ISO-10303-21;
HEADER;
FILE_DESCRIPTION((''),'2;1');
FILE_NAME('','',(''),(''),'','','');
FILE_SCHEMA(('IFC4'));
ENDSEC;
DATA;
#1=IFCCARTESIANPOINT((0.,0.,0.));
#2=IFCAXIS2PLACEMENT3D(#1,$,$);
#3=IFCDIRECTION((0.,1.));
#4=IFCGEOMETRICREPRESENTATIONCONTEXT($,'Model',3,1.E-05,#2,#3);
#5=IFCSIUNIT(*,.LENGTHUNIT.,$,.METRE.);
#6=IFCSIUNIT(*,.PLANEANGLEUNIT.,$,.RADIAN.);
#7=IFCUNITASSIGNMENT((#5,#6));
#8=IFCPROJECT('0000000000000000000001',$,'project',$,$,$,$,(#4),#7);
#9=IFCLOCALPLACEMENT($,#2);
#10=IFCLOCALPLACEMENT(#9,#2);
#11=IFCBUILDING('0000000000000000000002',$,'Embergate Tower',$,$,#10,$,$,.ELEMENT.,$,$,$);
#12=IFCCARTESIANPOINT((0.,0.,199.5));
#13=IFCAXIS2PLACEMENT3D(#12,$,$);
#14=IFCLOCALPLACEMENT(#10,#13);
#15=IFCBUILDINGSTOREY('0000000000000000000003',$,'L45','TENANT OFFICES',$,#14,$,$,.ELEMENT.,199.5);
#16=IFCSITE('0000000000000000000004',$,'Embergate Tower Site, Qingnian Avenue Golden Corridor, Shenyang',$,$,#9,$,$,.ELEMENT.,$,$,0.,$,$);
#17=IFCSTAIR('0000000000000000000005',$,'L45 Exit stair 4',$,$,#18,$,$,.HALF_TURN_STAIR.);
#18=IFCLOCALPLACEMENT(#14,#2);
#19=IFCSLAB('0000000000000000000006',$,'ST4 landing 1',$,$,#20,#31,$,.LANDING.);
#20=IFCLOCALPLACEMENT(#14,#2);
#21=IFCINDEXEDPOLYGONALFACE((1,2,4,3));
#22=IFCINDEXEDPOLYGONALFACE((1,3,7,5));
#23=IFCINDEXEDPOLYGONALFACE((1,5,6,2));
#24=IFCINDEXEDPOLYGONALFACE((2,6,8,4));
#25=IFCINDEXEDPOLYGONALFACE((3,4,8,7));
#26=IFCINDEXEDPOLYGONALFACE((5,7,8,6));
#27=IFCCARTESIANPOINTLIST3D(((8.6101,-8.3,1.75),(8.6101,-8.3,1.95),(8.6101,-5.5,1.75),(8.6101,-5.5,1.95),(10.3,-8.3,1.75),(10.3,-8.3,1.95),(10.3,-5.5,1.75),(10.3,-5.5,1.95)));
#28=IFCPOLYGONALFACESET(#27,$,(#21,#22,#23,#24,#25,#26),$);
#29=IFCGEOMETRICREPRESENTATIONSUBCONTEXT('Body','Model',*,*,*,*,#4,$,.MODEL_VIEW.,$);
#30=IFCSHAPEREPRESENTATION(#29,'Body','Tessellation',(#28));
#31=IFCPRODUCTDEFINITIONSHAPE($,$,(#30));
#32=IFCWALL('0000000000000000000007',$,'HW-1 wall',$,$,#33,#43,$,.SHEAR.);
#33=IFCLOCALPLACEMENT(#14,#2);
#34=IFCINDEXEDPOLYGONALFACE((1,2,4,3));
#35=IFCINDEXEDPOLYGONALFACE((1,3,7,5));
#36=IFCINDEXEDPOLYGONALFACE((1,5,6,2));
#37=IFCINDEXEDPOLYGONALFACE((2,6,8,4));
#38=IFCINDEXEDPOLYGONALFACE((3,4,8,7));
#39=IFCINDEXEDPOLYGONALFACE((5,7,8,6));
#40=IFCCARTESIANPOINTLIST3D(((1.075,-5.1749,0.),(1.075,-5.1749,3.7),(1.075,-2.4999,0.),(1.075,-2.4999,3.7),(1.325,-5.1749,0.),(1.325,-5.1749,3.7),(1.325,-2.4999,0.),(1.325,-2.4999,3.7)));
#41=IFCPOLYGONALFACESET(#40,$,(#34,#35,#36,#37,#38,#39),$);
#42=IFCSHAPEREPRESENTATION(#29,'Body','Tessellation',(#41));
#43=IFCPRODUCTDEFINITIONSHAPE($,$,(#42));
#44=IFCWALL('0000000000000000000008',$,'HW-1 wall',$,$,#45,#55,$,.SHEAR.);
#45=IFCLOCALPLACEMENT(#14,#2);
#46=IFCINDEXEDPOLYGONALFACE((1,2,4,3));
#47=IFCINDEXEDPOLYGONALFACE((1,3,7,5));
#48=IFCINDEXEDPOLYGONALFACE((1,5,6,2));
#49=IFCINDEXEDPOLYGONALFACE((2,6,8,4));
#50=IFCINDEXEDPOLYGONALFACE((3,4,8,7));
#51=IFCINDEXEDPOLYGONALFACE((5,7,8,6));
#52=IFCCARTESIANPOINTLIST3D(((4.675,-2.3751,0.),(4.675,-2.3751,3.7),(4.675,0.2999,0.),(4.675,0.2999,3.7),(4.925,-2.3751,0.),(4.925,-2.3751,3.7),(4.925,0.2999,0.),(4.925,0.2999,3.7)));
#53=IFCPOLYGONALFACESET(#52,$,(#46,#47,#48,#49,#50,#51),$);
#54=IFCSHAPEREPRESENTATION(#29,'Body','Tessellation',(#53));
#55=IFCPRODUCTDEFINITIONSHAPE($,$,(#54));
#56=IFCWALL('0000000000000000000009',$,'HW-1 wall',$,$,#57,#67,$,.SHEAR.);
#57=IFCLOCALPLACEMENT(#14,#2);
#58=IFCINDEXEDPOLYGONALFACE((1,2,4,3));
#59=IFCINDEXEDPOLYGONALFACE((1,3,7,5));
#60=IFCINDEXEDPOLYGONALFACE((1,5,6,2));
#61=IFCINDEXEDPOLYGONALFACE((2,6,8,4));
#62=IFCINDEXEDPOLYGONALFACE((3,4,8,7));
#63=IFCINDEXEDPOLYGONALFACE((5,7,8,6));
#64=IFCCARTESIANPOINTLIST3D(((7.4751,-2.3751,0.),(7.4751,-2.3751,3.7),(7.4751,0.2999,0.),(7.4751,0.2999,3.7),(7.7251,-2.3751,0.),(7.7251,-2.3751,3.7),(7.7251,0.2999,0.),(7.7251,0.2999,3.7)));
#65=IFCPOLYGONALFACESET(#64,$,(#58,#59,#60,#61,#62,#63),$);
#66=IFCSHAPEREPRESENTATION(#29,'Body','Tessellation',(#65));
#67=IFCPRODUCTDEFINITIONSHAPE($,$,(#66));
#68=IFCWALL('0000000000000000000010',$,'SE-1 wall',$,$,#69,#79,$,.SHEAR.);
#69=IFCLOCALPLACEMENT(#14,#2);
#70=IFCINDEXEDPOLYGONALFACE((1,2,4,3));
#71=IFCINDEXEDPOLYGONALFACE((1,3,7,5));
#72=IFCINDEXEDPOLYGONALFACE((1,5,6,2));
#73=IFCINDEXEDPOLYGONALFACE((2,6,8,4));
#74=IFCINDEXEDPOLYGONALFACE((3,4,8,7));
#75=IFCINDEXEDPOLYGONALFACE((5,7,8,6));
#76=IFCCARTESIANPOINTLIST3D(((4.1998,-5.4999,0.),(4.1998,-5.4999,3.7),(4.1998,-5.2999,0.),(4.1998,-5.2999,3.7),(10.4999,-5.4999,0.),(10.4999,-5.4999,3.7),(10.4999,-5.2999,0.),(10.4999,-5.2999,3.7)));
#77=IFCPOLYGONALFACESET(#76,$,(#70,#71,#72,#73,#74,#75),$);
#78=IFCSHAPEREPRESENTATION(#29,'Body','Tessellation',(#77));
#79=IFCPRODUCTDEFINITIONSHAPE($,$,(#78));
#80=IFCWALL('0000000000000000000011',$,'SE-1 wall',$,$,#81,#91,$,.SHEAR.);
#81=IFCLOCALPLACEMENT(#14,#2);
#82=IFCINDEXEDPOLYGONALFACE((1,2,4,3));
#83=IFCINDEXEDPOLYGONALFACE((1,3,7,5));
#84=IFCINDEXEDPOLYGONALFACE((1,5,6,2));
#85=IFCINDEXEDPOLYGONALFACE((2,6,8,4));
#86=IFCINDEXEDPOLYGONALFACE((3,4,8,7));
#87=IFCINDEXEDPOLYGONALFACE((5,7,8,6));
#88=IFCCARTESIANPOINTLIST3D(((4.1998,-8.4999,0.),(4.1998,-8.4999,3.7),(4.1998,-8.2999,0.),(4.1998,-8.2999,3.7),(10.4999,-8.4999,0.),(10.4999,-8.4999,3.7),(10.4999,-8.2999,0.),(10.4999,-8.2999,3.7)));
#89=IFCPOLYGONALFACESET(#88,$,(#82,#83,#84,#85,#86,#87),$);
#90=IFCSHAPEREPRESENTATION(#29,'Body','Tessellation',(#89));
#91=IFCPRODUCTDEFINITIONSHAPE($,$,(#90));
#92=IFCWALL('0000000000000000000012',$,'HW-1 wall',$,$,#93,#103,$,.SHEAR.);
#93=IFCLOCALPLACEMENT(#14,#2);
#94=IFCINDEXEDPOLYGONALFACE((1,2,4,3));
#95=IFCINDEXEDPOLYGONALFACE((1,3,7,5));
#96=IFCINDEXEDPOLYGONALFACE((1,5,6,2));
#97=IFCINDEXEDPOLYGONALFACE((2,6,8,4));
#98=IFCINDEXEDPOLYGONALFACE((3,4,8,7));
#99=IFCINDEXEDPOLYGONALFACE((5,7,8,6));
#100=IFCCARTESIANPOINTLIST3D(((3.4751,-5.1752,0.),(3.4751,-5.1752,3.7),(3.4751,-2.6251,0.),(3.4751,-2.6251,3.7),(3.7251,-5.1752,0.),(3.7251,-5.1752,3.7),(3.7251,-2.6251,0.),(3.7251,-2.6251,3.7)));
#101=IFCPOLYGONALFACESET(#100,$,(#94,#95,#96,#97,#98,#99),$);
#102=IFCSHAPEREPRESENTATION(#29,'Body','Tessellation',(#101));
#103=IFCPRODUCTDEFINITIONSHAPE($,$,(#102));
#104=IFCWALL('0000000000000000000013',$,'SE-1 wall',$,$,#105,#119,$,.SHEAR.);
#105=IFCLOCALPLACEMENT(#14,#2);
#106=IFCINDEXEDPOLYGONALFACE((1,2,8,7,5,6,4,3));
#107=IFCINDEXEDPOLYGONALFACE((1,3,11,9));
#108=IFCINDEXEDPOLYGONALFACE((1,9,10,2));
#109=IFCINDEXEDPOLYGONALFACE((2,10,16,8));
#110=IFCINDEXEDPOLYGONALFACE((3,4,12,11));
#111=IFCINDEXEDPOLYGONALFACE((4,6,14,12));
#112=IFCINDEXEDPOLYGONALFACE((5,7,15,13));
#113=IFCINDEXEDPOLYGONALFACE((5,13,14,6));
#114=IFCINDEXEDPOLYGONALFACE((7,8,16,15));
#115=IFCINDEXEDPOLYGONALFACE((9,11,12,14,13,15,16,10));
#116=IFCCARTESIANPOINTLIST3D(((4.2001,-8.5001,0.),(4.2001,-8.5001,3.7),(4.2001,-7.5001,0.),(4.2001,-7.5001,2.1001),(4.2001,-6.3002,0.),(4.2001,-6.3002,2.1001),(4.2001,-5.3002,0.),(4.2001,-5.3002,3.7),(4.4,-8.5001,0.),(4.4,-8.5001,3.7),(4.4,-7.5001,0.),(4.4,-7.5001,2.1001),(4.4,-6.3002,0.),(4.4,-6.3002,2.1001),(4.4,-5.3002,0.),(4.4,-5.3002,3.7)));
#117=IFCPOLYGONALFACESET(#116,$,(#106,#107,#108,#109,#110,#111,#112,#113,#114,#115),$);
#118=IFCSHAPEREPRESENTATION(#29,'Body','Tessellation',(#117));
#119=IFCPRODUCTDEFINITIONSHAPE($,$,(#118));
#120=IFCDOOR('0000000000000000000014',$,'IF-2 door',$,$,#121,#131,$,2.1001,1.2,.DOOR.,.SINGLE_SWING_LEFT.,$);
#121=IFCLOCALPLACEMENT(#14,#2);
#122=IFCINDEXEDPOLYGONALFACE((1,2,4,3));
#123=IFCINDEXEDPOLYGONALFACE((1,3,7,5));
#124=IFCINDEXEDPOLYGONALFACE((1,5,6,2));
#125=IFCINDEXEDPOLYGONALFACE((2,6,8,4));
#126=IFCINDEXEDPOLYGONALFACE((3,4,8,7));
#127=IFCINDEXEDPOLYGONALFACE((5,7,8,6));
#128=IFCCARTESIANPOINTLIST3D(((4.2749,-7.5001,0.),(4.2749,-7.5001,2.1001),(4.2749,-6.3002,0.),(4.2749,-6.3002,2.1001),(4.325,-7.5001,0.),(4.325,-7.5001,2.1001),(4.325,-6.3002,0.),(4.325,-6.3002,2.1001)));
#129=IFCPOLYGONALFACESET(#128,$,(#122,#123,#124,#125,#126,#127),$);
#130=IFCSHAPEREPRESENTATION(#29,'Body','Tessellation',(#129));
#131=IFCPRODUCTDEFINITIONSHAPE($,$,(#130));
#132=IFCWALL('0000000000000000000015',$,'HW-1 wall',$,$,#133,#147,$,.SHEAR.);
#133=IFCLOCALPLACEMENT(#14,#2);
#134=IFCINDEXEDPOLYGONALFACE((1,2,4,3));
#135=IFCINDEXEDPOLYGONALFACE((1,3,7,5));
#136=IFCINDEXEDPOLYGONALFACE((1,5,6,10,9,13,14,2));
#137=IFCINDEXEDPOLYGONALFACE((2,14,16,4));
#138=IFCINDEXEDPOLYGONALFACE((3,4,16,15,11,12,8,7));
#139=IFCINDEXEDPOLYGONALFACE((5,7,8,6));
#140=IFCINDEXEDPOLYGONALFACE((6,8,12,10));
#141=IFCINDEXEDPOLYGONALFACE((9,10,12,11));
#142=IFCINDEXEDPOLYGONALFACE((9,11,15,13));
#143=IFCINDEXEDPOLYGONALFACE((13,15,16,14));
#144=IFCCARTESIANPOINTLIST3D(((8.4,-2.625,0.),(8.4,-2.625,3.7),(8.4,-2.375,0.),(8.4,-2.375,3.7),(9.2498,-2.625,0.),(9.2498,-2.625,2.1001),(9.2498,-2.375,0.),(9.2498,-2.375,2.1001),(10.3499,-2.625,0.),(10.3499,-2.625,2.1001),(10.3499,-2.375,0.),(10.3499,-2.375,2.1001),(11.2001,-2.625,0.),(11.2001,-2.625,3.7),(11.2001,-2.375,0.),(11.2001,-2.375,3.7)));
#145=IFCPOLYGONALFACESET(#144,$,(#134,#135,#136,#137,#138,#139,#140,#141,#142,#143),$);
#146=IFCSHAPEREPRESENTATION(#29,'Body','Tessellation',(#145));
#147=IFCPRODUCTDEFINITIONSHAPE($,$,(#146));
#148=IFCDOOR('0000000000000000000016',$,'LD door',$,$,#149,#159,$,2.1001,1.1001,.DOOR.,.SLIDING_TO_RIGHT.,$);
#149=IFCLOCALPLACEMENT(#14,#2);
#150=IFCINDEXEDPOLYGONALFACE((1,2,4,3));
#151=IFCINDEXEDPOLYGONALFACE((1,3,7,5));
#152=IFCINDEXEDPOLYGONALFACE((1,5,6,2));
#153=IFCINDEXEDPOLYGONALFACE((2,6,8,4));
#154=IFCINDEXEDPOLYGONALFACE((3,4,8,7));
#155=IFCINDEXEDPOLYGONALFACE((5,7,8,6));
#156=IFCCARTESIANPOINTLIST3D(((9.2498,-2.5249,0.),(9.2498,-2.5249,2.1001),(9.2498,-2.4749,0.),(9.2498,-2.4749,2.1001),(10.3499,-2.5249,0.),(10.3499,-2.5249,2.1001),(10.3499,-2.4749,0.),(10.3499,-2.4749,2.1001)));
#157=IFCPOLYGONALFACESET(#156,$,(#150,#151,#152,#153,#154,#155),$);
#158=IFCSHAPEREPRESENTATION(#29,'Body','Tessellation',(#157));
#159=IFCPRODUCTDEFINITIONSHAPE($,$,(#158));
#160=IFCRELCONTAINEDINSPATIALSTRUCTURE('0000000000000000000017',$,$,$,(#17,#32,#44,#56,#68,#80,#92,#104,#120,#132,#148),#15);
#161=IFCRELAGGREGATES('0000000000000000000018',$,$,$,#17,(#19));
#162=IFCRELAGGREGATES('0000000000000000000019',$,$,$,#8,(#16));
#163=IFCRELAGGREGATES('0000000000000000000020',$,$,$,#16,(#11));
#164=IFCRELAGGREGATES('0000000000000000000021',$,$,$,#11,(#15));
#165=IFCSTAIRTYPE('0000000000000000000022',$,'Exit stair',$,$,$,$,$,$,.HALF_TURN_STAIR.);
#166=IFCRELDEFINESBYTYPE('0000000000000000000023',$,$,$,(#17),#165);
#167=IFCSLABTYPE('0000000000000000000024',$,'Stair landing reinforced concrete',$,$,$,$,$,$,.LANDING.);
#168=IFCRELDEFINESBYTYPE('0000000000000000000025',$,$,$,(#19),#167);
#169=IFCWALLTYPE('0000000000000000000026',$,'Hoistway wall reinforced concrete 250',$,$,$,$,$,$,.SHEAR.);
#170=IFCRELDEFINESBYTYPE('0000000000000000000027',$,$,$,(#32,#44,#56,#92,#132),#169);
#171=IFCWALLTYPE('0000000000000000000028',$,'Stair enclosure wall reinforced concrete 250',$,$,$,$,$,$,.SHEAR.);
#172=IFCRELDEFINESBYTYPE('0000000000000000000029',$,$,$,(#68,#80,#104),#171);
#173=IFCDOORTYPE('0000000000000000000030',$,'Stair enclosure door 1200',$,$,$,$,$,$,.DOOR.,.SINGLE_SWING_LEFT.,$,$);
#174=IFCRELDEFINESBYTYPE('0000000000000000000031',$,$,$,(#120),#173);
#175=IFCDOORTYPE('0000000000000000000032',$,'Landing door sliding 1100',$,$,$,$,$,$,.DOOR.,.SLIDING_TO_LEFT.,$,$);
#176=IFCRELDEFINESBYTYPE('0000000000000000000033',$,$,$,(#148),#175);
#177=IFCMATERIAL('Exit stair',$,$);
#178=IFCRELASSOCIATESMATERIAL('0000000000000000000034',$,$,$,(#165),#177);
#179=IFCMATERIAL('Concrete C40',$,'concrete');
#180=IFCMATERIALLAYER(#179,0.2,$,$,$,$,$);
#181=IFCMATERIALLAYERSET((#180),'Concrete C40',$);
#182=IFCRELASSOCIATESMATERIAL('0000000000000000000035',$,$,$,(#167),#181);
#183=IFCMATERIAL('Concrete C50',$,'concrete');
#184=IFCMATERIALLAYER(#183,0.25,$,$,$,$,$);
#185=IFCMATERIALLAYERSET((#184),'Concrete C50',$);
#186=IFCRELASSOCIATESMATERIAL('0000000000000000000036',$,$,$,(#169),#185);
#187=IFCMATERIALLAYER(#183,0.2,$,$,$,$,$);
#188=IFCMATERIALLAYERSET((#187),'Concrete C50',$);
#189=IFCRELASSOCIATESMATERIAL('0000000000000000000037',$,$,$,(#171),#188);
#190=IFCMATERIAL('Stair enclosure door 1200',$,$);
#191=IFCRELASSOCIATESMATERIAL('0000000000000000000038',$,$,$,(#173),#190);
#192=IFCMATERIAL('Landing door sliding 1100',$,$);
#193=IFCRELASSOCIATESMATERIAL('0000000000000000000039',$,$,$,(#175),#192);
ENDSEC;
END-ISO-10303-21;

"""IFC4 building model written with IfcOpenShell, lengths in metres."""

from ifc_helpers import new_model, si_unit, direction, frame, frame_2d, origin, place, context, subcontext, project, spatial, polyline, rectangle, outline, extrude, source, transform, mapped, material, layer, layer_set, type_object, element, fill, aggregate, save


model = new_model("IFC4")

# Units and contexts
model_context = context("Model", 3, precision=1e-05, world=origin(), true_north=direction((0.0, 1.0)))
body_context = subcontext(model_context, "Body", "Model", "MODEL_VIEW")
ifc_project = project(units=[si_unit("LENGTHUNIT", "METRE"), si_unit("PLANEANGLEUNIT", "RADIAN")], contexts=[model_context])

# Site, building, storey
site_placement = place(None, origin())
site = spatial("IfcSite", under=ifc_project, at=site_placement, Name="Embergate Tower Site, Qingnian Avenue Golden Corridor, Shenyang", CompositionType="ELEMENT", RefElevation=0.0)
building_placement = place(site_placement, origin())
building = spatial("IfcBuilding", under=site, at=building_placement, Name="Embergate Tower", CompositionType="ELEMENT")
storey_placement = place(building_placement, frame((0.0, 0.0, 199.5)))
storey = spatial("IfcBuildingStorey", under=building, at=storey_placement, Name="L45", Description="TENANT OFFICES", CompositionType="ELEMENT", Elevation=199.5)

# Stair, slab
ifc_material_1 = material(Name="Exit stair")
stair_type = type_object("IfcStairType", Name="Exit stair", PredefinedType="HALF_TURN_STAIR", material=ifc_material_1)
stair_placement = place(storey_placement, origin())
stair = element("IfcStair", 1, at=stair_placement, inside=storey, type_object=stair_type, Name="L45 Exit stair 4", PredefinedType="HALF_TURN_STAIR")
ifc_material_2 = material(Name="Concrete C40", Category="concrete")
ifc_layer_1 = layer(ifc_material_2, 0.2)
ifc_layer_set_1 = layer_set([ifc_layer_1], Name="Concrete C40")
slab_type = type_object("IfcSlabType", Name="Stair landing reinforced concrete", PredefinedType="LANDING", material=ifc_layer_set_1)
shared_shape_1 = source(origin(), body_context, "Body", "SweptSolid", [
    extrude(outline(polyline([(0.0, 0.0), (1.6899, 0.0), (1.6899, 2.8), (0.0, 2.8), (0.0, 0.0)])), origin(), (0.0, 0.0, 1.0), 0.2),
])
slab_placement = place(storey_placement, frame((8.6101, -8.3, 1.75)))
slab = element("IfcSlab", 2, at=slab_placement, type_object=slab_type, Name="ST4 landing 1", PredefinedType="LANDING", context=body_context, shape_type="MappedRepresentation", body=[
    mapped(shared_shape_1, transform((0.0, 0.0, 0.0))),
])

# Walls
ifc_material_3 = material(Name="Concrete C50", Category="concrete")
ifc_layer_2 = layer(ifc_material_3, 0.25)
ifc_layer_set_2 = layer_set([ifc_layer_2], Name="Concrete C50")
wall_type_1 = type_object("IfcWallType", Name="Hoistway wall reinforced concrete 250", PredefinedType="SHEAR", material=ifc_layer_set_2)
shared_shape_2 = source(origin(), body_context, "Body", "SweptSolid", [
    extrude(rectangle(XDim=2.675, YDim=0.25, at=frame_2d((1.3374, 0.0))), origin(), (0.0, 0.0, 1.0), 3.7),
])
for number, where, z_axis, x_axis, name in (
    (3, (1.2, -2.5, 0.0), (0.0, 0.0, 1.0), (0.0, -1.0, 0.0), "HW-1 wall"),
    (4, (4.8, -2.375, 0.0), (0.0, 0.0, 1.0), (0.0, 1.0, 0.0), "HW-1 wall"),
    (5, (7.6001, -2.375, 0.0), (0.0, 0.0, 1.0), (0.0, 1.0, 0.0), "HW-1 wall"),
):
    element("IfcWall", number, at=place(storey_placement, frame(where, z_axis=z_axis, x_axis=x_axis)), inside=storey, type_object=wall_type_1, Name=name, PredefinedType="SHEAR", context=body_context, shape_type="MappedRepresentation", body=[
        mapped(shared_shape_2, transform((0.0, 0.0, 0.0))),
    ])
ifc_layer_3 = layer(ifc_material_3, 0.2)
ifc_layer_set_3 = layer_set([ifc_layer_3], Name="Concrete C50")
wall_type_2 = type_object("IfcWallType", Name="Stair enclosure wall reinforced concrete 250", PredefinedType="SHEAR", material=ifc_layer_set_3)
shared_shape_3 = source(origin(), body_context, "Body", "SweptSolid", [
    extrude(rectangle(XDim=6.3, YDim=0.2, at=frame_2d((3.1499, 0.0))), origin(), (0.0, 0.0, 1.0), 3.7),
])
for number, where, z_axis, x_axis, name in (
    (6, (4.2, -5.3999, 0.0), (0.0, 0.0, 1.0), (1.0, 0.0, 0.0), "SE-1 wall"),
    (7, (4.2, -8.3999, 0.0), (0.0, 0.0, 1.0), (1.0, 0.0, 0.0), "SE-1 wall"),
):
    element("IfcWall", number, at=place(storey_placement, frame(where, z_axis=z_axis, x_axis=x_axis)), inside=storey, type_object=wall_type_2, Name=name, PredefinedType="SHEAR", context=body_context, shape_type="MappedRepresentation", body=[
        mapped(shared_shape_3, transform((0.0, 0.0, 0.0))),
    ])
shared_shape_4 = source(origin(), body_context, "Body", "SweptSolid", [
    extrude(rectangle(XDim=2.55, YDim=0.25, at=frame_2d((1.2749, 0.0))), origin(), (0.0, 0.0, 1.0), 3.7),
])
wall_1_placement = place(storey_placement, frame((3.6001, -5.175, 0.0), z_axis=(0.0, 0.0, 1.0), x_axis=(0.0, 1.0, 0.0)))
element("IfcWall", 8, at=wall_1_placement, inside=storey, type_object=wall_type_1, Name="HW-1 wall", PredefinedType="SHEAR", context=body_context, shape_type="MappedRepresentation", body=[
    mapped(shared_shape_4, transform((0.0, 0.0, 0.0))),
])

# Walls, openings, doors
shared_shape_5 = source(origin(), body_context, "Body", "SweptSolid", [
    extrude(rectangle(XDim=3.2, YDim=0.2, at=frame_2d((1.6001, 0.0))), origin(), (0.0, 0.0, 1.0), 3.7),
])
wall_2_placement = place(storey_placement, frame((4.3, -5.3, 0.0), z_axis=(0.0, 0.0, 1.0), x_axis=(0.0, -1.0, 0.0)))
wall_2 = element("IfcWall", 9, at=wall_2_placement, inside=storey, type_object=wall_type_2, Name="SE-1 wall", PredefinedType="SHEAR", context=body_context, shape_type="MappedRepresentation", body=[
    mapped(shared_shape_5, transform((0.0, 0.0, 0.0))),
])
shared_shape_6 = source(origin(), body_context, "Body", "SweptSolid", [
    extrude(rectangle(XDim=1.2, YDim=2.1001, at=frame_2d((0.6001, 1.05))), frame((0.0, 0.1099, 0.0), z_axis=(0.0, -1.0, 0.0), x_axis=(1.0, 0.0, 0.0)), (0.0, 0.0, 1.0), 0.22),
])
opening_1_placement = place(wall_2_placement, frame((1.0, 0.0, 0.0)))
opening_1 = element("IfcOpeningElement", 10, at=opening_1_placement, cuts=wall_2, PredefinedType="OPENING", context=body_context, shape_type="MappedRepresentation", body=[
    mapped(shared_shape_6, transform((0.0, 0.0, 0.0))),
])
ifc_material_4 = material(Name="Stair enclosure door 1200")
door_type_1 = type_object("IfcDoorType", Name="Stair enclosure door 1200", OperationType="SINGLE_SWING_LEFT", PredefinedType="DOOR", material=ifc_material_4)
shared_shape_7 = source(origin(), body_context, "Body", "SweptSolid", [
    extrude(rectangle(XDim=1.2, YDim=2.1001, at=frame_2d((0.6001, 1.05))), frame((0.0, 0.0249, 0.0), z_axis=(0.0, -1.0, 0.0), x_axis=(1.0, 0.0, 0.0)), (0.0, 0.0, 1.0), 0.05),
])
door_1_placement = place(opening_1_placement, origin())
door_1 = element("IfcDoor", 11, at=door_1_placement, inside=storey, type_object=door_type_1, Name="IF-2 door", OperationType="SINGLE_SWING_LEFT", OverallHeight=2.1001, OverallWidth=1.2, PredefinedType="DOOR", context=body_context, shape_type="MappedRepresentation", body=[
    mapped(shared_shape_7, transform((0.0, 0.0, 0.0))),
])
fill(opening_1, door_1)
shared_shape_8 = source(origin(), body_context, "Body", "SweptSolid", [
    extrude(rectangle(XDim=2.8, YDim=0.25, at=frame_2d((1.3999, 0.0))), origin(), (0.0, 0.0, 1.0), 3.7),
])
wall_3_placement = place(storey_placement, frame((11.2, -2.5, 0.0), z_axis=(0.0, 0.0, 1.0), x_axis=(-1.0, 0.0, 0.0)))
wall_3 = element("IfcWall", 12, at=wall_3_placement, inside=storey, type_object=wall_type_1, Name="HW-1 wall", PredefinedType="SHEAR", context=body_context, shape_type="MappedRepresentation", body=[
    mapped(shared_shape_8, transform((0.0, 0.0, 0.0))),
])
shared_shape_9 = source(origin(), body_context, "Body", "SweptSolid", [
    extrude(rectangle(XDim=1.1001, YDim=2.1001, at=frame_2d((0.55, 1.05))), frame((0.0, 0.135, 0.0), z_axis=(0.0, -1.0, 0.0), x_axis=(1.0, 0.0, 0.0)), (0.0, 0.0, 1.0), 0.27),
])
opening_2_placement = place(wall_3_placement, frame((0.8501, 0.0, 0.0)))
opening_2 = element("IfcOpeningElement", 13, at=opening_2_placement, cuts=wall_3, PredefinedType="OPENING", context=body_context, shape_type="MappedRepresentation", body=[
    mapped(shared_shape_9, transform((0.0, 0.0, 0.0))),
])
ifc_material_5 = material(Name="Landing door sliding 1100")
door_type_2 = type_object("IfcDoorType", Name="Landing door sliding 1100", OperationType="SLIDING_TO_LEFT", PredefinedType="DOOR", material=ifc_material_5)
shared_shape_10 = source(origin(), body_context, "Body", "SweptSolid", [
    extrude(rectangle(XDim=1.1001, YDim=2.1001, at=frame_2d((0.55, 1.05))), frame((0.0, 0.0249, 0.0), z_axis=(0.0, -1.0, 0.0), x_axis=(1.0, 0.0, 0.0)), (0.0, 0.0, 1.0), 0.05),
])
door_2_placement = place(opening_2_placement, origin())
door_2 = element("IfcDoor", 14, at=door_2_placement, inside=storey, type_object=door_type_2, Name="LD door", OperationType="SLIDING_TO_RIGHT", OverallHeight=2.1001, OverallWidth=1.1001, PredefinedType="DOOR", context=body_context, shape_type="MappedRepresentation", body=[
    mapped(shared_shape_10, transform((0.0, 0.0, 0.0))),
])
fill(opening_2, door_2)

aggregate(stair, [slab])

save(model, "model.ifc")
